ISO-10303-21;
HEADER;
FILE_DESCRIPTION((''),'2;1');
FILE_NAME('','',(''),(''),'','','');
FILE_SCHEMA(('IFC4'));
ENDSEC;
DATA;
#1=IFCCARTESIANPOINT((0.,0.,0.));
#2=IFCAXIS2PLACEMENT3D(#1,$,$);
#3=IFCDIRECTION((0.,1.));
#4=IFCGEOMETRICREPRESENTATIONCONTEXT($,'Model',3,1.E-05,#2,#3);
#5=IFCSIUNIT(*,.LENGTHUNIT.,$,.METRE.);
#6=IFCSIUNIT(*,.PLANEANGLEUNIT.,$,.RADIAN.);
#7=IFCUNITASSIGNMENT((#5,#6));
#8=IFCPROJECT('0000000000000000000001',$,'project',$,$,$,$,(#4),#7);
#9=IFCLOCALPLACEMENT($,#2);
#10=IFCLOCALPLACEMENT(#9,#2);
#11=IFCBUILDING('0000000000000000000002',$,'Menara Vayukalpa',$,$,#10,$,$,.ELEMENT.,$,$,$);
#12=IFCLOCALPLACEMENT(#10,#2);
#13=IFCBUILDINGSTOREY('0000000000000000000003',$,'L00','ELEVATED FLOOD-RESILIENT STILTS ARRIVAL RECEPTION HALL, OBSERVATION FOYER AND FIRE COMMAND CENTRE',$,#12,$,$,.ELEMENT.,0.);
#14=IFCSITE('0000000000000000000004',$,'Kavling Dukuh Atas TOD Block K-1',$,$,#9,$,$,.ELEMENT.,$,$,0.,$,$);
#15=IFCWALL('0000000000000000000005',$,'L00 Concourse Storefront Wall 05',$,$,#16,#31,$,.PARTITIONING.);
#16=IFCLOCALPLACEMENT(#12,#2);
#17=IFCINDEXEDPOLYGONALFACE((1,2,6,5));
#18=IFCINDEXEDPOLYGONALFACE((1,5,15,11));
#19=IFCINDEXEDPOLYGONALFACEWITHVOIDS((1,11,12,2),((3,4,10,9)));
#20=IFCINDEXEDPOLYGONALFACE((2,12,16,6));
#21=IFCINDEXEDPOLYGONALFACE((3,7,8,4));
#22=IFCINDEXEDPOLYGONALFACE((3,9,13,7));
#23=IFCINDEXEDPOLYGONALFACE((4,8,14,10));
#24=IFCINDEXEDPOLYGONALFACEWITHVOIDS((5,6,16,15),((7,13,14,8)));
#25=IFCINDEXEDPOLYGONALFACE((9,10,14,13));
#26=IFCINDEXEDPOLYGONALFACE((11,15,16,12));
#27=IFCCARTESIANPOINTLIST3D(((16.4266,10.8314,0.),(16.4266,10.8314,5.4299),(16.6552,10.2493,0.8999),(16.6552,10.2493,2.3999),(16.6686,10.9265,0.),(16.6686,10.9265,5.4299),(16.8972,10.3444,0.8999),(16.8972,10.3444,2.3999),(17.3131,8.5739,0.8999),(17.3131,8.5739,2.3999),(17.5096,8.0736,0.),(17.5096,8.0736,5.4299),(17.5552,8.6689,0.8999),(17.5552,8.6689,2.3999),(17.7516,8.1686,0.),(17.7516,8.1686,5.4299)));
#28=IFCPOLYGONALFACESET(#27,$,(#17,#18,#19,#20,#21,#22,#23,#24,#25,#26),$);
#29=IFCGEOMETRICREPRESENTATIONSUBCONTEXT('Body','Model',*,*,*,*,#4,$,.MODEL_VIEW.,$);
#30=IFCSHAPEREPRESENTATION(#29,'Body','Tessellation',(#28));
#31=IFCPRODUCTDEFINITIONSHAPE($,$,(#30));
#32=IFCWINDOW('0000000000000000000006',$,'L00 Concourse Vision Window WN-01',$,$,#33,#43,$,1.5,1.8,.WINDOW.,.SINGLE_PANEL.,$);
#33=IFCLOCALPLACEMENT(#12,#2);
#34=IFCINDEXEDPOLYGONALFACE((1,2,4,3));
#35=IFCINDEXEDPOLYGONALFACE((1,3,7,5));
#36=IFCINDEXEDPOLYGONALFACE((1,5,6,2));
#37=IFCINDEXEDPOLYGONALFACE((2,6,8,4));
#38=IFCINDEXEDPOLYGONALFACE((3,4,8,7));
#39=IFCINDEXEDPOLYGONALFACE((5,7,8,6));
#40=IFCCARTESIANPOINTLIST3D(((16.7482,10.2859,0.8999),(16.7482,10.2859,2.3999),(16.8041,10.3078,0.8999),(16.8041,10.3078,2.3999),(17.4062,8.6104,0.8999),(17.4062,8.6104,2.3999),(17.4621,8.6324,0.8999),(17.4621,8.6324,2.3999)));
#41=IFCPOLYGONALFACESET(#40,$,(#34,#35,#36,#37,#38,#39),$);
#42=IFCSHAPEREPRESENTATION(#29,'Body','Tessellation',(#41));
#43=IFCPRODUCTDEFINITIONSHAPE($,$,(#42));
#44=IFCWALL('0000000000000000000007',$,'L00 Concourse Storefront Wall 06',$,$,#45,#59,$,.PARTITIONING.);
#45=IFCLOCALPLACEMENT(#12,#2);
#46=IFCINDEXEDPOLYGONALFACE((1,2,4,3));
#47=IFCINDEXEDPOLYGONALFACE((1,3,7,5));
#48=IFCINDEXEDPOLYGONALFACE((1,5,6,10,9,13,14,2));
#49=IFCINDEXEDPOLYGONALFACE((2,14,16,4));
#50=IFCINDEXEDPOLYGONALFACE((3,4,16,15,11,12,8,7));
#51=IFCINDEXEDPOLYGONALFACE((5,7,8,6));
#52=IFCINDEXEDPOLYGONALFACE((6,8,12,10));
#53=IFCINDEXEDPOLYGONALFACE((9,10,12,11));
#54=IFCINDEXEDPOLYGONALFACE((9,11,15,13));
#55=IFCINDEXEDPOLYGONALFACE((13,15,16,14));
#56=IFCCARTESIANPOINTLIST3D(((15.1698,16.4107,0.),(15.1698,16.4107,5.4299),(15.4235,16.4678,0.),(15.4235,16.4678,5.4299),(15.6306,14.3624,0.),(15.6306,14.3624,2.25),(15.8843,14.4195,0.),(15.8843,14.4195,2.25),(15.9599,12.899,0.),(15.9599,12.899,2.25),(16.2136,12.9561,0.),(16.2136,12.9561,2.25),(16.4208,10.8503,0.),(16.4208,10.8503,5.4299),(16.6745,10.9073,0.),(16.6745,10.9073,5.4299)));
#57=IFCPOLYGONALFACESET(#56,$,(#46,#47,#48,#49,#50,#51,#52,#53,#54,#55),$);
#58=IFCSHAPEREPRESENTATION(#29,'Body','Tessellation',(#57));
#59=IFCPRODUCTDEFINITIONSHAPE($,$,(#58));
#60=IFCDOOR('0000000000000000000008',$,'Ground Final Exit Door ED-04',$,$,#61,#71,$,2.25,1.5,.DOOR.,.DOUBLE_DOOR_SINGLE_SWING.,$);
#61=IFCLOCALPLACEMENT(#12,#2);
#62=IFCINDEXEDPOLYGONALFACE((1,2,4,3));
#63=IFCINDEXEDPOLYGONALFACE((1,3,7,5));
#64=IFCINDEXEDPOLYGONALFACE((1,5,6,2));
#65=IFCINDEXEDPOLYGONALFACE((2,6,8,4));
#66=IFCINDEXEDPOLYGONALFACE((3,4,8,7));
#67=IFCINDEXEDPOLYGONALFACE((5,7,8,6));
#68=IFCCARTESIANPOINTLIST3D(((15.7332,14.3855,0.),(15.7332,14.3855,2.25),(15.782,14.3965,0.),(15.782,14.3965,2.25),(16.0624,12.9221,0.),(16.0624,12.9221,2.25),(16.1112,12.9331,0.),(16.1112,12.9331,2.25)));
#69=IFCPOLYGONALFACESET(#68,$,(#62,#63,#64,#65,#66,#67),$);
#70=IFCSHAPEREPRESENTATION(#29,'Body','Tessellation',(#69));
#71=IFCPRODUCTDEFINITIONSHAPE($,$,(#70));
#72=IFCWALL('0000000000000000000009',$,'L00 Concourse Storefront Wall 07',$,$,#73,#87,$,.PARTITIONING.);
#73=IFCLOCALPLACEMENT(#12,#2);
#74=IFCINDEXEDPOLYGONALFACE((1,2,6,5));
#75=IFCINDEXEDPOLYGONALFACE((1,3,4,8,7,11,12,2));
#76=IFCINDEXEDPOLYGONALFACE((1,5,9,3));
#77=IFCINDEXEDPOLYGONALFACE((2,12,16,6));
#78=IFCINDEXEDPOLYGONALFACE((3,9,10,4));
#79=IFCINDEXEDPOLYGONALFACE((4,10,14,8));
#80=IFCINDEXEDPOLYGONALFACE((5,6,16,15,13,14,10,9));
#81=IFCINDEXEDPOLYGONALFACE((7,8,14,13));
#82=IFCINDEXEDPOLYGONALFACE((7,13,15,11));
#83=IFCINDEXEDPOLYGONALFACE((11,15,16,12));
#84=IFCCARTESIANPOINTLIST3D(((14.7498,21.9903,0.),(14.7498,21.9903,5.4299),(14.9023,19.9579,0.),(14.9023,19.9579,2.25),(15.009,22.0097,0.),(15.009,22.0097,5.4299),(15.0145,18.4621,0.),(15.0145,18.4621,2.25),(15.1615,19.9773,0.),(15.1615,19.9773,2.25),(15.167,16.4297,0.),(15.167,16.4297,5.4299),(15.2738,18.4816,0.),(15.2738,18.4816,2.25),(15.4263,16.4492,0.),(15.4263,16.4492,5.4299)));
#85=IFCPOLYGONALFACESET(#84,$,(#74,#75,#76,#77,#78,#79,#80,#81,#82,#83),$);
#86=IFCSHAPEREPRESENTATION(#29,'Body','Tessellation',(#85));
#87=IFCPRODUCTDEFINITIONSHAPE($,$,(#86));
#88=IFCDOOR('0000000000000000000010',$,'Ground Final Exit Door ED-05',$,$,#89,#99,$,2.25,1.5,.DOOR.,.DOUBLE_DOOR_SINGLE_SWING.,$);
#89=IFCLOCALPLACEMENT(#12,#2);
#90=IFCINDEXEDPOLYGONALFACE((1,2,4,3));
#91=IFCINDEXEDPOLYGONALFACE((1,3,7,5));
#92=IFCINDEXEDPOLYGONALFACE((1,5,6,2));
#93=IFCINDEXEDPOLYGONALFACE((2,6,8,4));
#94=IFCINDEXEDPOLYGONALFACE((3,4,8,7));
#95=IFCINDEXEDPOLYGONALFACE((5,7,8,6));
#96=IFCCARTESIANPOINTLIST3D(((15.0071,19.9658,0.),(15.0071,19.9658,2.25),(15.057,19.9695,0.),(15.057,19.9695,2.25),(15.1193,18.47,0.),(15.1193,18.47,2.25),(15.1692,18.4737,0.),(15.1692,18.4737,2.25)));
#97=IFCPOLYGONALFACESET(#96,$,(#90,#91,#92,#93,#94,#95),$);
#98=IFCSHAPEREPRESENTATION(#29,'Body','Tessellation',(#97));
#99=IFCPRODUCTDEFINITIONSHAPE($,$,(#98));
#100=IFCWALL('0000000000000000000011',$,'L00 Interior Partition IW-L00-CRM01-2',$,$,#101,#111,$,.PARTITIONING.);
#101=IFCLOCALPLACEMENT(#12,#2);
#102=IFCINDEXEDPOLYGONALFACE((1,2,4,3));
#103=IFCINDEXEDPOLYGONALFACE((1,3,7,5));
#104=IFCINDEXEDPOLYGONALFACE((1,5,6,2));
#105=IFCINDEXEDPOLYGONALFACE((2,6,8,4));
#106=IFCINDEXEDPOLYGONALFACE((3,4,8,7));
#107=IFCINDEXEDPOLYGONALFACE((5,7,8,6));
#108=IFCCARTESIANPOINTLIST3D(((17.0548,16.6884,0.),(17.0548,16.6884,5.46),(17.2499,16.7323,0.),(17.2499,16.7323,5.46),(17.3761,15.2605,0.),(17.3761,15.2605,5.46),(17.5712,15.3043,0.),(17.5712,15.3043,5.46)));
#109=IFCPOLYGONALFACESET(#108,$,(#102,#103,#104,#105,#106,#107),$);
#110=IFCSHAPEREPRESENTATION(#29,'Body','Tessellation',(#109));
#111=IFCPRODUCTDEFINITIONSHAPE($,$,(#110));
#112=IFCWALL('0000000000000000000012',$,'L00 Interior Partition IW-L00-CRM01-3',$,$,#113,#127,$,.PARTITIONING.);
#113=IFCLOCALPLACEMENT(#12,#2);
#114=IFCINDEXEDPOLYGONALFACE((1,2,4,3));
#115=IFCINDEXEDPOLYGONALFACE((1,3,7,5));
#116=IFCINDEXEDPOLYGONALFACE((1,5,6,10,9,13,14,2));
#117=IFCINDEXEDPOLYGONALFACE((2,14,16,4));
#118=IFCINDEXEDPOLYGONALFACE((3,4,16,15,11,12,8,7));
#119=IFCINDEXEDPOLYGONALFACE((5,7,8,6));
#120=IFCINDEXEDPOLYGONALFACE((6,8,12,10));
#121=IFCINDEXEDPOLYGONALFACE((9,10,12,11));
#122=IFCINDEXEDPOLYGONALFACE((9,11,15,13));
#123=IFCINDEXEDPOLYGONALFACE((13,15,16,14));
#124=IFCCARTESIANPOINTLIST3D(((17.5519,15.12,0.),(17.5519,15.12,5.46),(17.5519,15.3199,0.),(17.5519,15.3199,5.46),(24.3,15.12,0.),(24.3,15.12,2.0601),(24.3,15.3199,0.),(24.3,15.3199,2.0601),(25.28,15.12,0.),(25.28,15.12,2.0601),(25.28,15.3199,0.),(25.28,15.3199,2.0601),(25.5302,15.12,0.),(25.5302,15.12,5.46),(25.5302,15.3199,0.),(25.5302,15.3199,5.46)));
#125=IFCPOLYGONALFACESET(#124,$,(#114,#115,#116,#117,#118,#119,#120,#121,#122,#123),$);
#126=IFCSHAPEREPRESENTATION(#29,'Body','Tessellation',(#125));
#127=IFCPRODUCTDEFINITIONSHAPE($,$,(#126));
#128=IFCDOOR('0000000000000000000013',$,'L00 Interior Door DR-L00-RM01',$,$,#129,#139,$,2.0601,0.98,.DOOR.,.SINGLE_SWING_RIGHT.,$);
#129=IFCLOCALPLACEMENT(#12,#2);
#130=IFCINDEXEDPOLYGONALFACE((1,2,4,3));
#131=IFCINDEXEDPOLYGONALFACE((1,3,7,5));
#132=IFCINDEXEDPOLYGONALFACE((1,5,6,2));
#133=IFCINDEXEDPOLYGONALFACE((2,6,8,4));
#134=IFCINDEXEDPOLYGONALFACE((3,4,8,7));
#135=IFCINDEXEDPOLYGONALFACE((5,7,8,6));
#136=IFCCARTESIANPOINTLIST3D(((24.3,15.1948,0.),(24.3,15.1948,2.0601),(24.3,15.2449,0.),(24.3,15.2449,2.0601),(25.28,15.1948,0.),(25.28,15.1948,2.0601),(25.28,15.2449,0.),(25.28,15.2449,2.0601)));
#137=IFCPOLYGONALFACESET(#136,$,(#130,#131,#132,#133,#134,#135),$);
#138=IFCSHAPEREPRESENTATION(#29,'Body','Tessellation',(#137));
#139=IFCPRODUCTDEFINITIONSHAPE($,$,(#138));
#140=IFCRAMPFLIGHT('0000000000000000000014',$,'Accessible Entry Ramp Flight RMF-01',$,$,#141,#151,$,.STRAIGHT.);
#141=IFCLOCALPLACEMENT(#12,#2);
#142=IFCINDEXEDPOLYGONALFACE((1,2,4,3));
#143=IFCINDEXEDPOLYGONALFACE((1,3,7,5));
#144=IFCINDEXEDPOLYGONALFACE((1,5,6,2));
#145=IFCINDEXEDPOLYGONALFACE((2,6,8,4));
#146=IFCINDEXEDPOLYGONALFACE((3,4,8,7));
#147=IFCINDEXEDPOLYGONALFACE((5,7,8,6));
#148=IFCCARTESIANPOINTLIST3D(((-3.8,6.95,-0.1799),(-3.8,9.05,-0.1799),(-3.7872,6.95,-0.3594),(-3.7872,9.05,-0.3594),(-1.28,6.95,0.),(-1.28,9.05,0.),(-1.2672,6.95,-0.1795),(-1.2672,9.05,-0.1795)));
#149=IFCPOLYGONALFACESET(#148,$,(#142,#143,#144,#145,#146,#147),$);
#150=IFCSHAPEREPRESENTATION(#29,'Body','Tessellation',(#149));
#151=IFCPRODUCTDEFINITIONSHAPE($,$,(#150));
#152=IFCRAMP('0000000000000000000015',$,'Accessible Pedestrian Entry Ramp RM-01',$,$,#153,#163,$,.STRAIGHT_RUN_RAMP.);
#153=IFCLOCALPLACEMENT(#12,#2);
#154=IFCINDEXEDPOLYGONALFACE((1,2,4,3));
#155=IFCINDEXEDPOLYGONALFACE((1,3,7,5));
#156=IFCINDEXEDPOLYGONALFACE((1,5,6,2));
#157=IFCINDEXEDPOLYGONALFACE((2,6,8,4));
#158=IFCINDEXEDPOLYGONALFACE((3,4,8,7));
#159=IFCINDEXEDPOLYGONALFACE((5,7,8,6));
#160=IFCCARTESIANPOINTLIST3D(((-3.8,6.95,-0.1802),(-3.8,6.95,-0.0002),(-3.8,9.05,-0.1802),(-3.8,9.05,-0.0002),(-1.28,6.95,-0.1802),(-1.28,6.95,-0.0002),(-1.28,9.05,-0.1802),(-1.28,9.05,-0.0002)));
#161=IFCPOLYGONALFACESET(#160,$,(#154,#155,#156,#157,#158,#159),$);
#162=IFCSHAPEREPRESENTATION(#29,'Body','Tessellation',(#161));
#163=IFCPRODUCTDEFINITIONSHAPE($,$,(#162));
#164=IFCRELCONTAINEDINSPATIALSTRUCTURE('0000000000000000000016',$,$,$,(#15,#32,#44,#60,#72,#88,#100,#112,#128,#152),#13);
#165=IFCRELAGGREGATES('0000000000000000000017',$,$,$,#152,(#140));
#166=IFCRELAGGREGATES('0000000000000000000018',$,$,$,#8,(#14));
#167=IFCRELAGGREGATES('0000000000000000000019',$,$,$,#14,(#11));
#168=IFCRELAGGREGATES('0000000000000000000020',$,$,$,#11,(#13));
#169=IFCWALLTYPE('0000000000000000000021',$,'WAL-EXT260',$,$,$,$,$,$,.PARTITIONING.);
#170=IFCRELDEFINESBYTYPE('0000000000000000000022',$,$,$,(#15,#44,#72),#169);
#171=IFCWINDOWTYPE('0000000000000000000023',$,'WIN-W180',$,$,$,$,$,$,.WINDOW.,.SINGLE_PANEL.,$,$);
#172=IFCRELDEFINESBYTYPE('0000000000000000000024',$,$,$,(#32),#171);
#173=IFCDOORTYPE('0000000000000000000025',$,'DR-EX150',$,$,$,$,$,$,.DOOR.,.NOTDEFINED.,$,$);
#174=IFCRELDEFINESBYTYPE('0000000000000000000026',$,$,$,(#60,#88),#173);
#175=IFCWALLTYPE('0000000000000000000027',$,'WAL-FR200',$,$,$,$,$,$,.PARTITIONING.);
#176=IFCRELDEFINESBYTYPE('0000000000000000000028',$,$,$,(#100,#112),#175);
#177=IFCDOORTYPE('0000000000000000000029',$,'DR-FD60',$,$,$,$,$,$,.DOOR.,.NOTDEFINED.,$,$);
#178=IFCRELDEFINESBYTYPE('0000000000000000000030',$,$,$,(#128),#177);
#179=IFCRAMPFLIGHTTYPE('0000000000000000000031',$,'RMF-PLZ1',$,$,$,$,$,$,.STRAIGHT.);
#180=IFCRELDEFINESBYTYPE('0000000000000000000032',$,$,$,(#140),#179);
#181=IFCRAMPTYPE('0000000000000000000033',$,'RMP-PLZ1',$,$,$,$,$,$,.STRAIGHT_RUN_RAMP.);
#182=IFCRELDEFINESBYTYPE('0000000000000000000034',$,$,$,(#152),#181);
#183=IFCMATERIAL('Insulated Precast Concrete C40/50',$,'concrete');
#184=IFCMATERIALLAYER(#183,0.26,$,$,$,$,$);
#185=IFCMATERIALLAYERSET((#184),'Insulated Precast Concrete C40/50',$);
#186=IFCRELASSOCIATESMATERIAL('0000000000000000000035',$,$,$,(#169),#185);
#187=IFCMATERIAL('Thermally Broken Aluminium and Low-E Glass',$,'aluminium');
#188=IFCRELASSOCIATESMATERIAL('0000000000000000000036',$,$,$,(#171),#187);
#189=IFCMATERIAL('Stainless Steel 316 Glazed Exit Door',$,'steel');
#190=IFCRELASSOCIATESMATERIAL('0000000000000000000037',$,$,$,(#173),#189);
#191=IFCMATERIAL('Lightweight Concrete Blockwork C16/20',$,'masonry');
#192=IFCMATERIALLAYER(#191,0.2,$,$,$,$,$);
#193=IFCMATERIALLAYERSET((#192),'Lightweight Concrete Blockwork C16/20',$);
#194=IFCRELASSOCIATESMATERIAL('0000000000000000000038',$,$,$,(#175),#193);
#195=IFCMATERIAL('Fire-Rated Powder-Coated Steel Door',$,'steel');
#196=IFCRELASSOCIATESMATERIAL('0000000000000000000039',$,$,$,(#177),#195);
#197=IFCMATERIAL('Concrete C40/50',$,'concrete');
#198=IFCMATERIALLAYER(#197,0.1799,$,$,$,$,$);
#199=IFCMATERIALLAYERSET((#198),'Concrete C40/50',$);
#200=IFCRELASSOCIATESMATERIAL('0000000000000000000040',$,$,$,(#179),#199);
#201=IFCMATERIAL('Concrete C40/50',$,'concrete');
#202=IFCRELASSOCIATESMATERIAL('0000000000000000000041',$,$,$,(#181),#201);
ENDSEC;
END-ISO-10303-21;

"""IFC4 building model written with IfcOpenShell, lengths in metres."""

from ifc_helpers import new_model, si_unit, direction, frame, frame_2d, origin, origin_2d, place, context, subcontext, project, spatial, polyline, rectangle, outline, extrude, material, layer, layer_set, type_object, element, fill, aggregate, save


model = new_model("IFC4")

# Units and contexts
model_context = context("Model", 3, precision=1e-05, world=origin(), true_north=direction((0.0, 1.0)))
body_context = subcontext(model_context, "Body", "Model", "MODEL_VIEW")
ifc_project = project(units=[si_unit("LENGTHUNIT", "METRE"), si_unit("PLANEANGLEUNIT", "RADIAN")], contexts=[model_context])

# Site, building, storey
site_placement = place(None, origin())
site = spatial("IfcSite", under=ifc_project, at=site_placement, Name="Kavling Dukuh Atas TOD Block K-1", CompositionType="ELEMENT", RefElevation=0.0)
building_placement = place(site_placement, origin())
building = spatial("IfcBuilding", under=site, at=building_placement, Name="Menara Vayukalpa", CompositionType="ELEMENT")
storey_placement = place(building_placement, origin())
storey = spatial("IfcBuildingStorey", under=building, at=storey_placement, Name="L00", Description="ELEVATED FLOOD-RESILIENT STILTS ARRIVAL RECEPTION HALL, OBSERVATION FOYER AND FIRE COMMAND CENTRE", CompositionType="ELEMENT", Elevation=0.0)

# Wall, opening, window
ifc_material_1 = material(Name="Insulated Precast Concrete C40/50", Category="concrete")
ifc_layer_1 = layer(ifc_material_1, 0.26)
ifc_layer_set_1 = layer_set([ifc_layer_1], Name="Insulated Precast Concrete C40/50")
wall_type_1 = type_object("IfcWallType", Name="WAL-EXT260", PredefinedType="PARTITIONING", material=ifc_layer_set_1)
wall_1_placement = place(storey_placement, frame((17.6306, 8.1211, 0.0), z_axis=(0.0, 0.0, 1.0), x_axis=(-0.36553, 0.9308, 0.0)))
wall_1 = element("IfcWall", 1, at=wall_1_placement, inside=storey, type_object=wall_type_1, Name="L00 Concourse Storefront Wall 05", PredefinedType="PARTITIONING", context=body_context, shape_type="SweptSolid", body=[
    extrude(rectangle(XDim=2.9629, YDim=0.26, at=frame_2d((1.4814, 0.0))), origin(), (0.0, 0.0, 1.0), 5.4299),
])
opening_1_placement = place(wall_1_placement, frame((0.5376, 0.0, 0.8999)))
opening_1 = element("IfcOpeningElement", 2, at=opening_1_placement, cuts=wall_1, PredefinedType="OPENING", context=body_context, shape_type="SweptSolid", body=[
    extrude(rectangle(XDim=1.8, YDim=1.5, at=frame_2d((0.8999, 0.75))), frame((0.0, 0.1399, 0.0), z_axis=(0.0, -1.0, 0.0), x_axis=(1.0, 0.0, 0.0)), (0.0, 0.0, 1.0), 0.28),
])
ifc_material_2 = material(Name="Thermally Broken Aluminium and Low-E Glass", Category="aluminium")
window_type = type_object("IfcWindowType", Name="WIN-W180", PartitioningType="SINGLE_PANEL", PredefinedType="WINDOW", material=ifc_material_2)
window_placement = place(opening_1_placement, origin())
window = element("IfcWindow", 3, at=window_placement, inside=storey, type_object=window_type, Name="L00 Concourse Vision Window WN-01", OverallHeight=1.5, OverallWidth=1.8, PartitioningType="SINGLE_PANEL", PredefinedType="WINDOW", context=body_context, shape_type="SweptSolid", body=[
    extrude(rectangle(XDim=1.8, YDim=1.5, at=frame_2d((0.8999, 0.75))), frame((0.0, 0.03, 0.0), z_axis=(0.0, -1.0, 0.0), x_axis=(1.0, 0.0, 0.0)), (0.0, 0.0, 1.0), 0.0601),
])
fill(opening_1, window)

# Walls, openings, doors
wall_2_placement = place(storey_placement, frame((16.5476, 10.8789, 0.0), z_axis=(0.0, 0.0, 1.0), x_axis=(-0.219488, 0.975615, 0.0)))
wall_2 = element("IfcWall", 4, at=wall_2_placement, inside=storey, type_object=wall_type_1, Name="L00 Concourse Storefront Wall 06", PredefinedType="PARTITIONING", context=body_context, shape_type="SweptSolid", body=[
    extrude(rectangle(XDim=5.6995, YDim=0.26, at=frame_2d((2.8496, 0.0))), origin(), (0.0, 0.0, 1.0), 5.4299),
])
opening_2_placement = place(wall_2_placement, frame((2.0999, 0.0, 0.0)))
opening_2 = element("IfcOpeningElement", 5, at=opening_2_placement, cuts=wall_2, PredefinedType="OPENING", context=body_context, shape_type="SweptSolid", body=[
    extrude(rectangle(XDim=1.5, YDim=2.25, at=frame_2d((0.75, 1.125))), frame((0.0, 0.1399, 0.0), z_axis=(0.0, -1.0, 0.0), x_axis=(1.0, 0.0, 0.0)), (0.0, 0.0, 1.0), 0.28),
])
ifc_material_3 = material(Name="Stainless Steel 316 Glazed Exit Door", Category="steel")
door_type_1 = type_object("IfcDoorType", Name="DR-EX150", OperationType="NOTDEFINED", PredefinedType="DOOR", material=ifc_material_3)
door_1_placement = place(opening_2_placement, origin())
door_1 = element("IfcDoor", 6, at=door_1_placement, inside=storey, type_object=door_type_1, Name="Ground Final Exit Door ED-04", OperationType="DOUBLE_DOOR_SINGLE_SWING", OverallHeight=2.25, OverallWidth=1.5, PredefinedType="DOOR", context=body_context, shape_type="SweptSolid", body=[
    extrude(rectangle(XDim=1.5, YDim=2.25, at=frame_2d((0.75, 1.125))), frame((0.0, 0.0249, 0.0), z_axis=(0.0, -1.0, 0.0), x_axis=(1.0, 0.0, 0.0)), (0.0, 0.0, 1.0), 0.05),
])
fill(opening_2, door_1)
wall_3_placement = place(storey_placement, frame((15.2966, 16.4395, 0.0), z_axis=(0.0, 0.0, 1.0), x_axis=(-0.074825, 0.997197, 0.0)))
wall_3 = element("IfcWall", 7, at=wall_3_placement, inside=storey, type_object=wall_type_1, Name="L00 Concourse Storefront Wall 07", PredefinedType="PARTITIONING", context=body_context, shape_type="SweptSolid", body=[
    extrude(rectangle(XDim=5.5762, YDim=0.26, at=frame_2d((2.7881, 0.0))), origin(), (0.0, 0.0, 1.0), 5.4299),
])
opening_3_placement = place(wall_3_placement, frame((2.0381, 0.0, 0.0)))
opening_3 = element("IfcOpeningElement", 8, at=opening_3_placement, cuts=wall_3, PredefinedType="OPENING", context=body_context, shape_type="SweptSolid", body=[
    extrude(rectangle(XDim=1.5, YDim=2.25, at=frame_2d((0.75, 1.125))), frame((0.0, 0.1399, 0.0), z_axis=(0.0, -1.0, 0.0), x_axis=(1.0, 0.0, 0.0)), (0.0, 0.0, 1.0), 0.28),
])
door_2_placement = place(opening_3_placement, origin())
door_2 = element("IfcDoor", 9, at=door_2_placement, inside=storey, type_object=door_type_1, Name="Ground Final Exit Door ED-05", OperationType="DOUBLE_DOOR_SINGLE_SWING", OverallHeight=2.25, OverallWidth=1.5, PredefinedType="DOOR", context=body_context, shape_type="SweptSolid", body=[
    extrude(rectangle(XDim=1.5, YDim=2.25, at=frame_2d((0.75, 1.125))), frame((0.0, 0.0249, 0.0), z_axis=(0.0, -1.0, 0.0), x_axis=(1.0, 0.0, 0.0)), (0.0, 0.0, 1.0), 0.05),
])
fill(opening_3, door_2)

# Wall
ifc_material_4 = material(Name="Lightweight Concrete Blockwork C16/20", Category="masonry")
ifc_layer_2 = layer(ifc_material_4, 0.2)
ifc_layer_set_2 = layer_set([ifc_layer_2], Name="Lightweight Concrete Blockwork C16/20")
wall_type_2 = type_object("IfcWallType", Name="WAL-FR200", PredefinedType="PARTITIONING", material=ifc_layer_set_2)
wall_4_placement = place(storey_placement, frame((17.1523, 16.7104, 0.0), z_axis=(0.0, 0.0, 1.0), x_axis=(0.219508, -0.975611, 0.0)))
element("IfcWall", 10, at=wall_4_placement, inside=storey, type_object=wall_type_2, Name="L00 Interior Partition IW-L00-CRM01-2", PredefinedType="PARTITIONING", context=body_context, shape_type="SweptSolid", body=[
    extrude(rectangle(XDim=1.4636, YDim=0.2, at=frame_2d((0.7319, 0.0))), origin(), (0.0, 0.0, 1.0), 5.46),
])

# Wall, opening, door
wall_5_placement = place(storey_placement, frame((17.5518, 15.22, 0.0), z_axis=(0.0, 0.0, 1.0), x_axis=(1.0, 0.0, 0.0)))
wall_5 = element("IfcWall", 11, at=wall_5_placement, inside=storey, type_object=wall_type_2, Name="L00 Interior Partition IW-L00-CRM01-3", PredefinedType="PARTITIONING", context=body_context, shape_type="SweptSolid", body=[
    extrude(rectangle(XDim=7.9783, YDim=0.2, at=frame_2d((3.9893, 0.0))), origin(), (0.0, 0.0, 1.0), 5.46),
])
opening_4_placement = place(wall_5_placement, frame((6.7483, 0.0, 0.0)))
opening_4 = element("IfcOpeningElement", 12, at=opening_4_placement, cuts=wall_5, PredefinedType="OPENING", context=body_context, shape_type="SweptSolid", body=[
    extrude(rectangle(XDim=0.98, YDim=2.0601, at=frame_2d((0.49, 1.03))), frame((0.0, 0.1099, 0.0), z_axis=(0.0, -1.0, 0.0), x_axis=(1.0, 0.0, 0.0)), (0.0, 0.0, 1.0), 0.22),
])
ifc_material_5 = material(Name="Fire-Rated Powder-Coated Steel Door", Category="steel")
door_type_2 = type_object("IfcDoorType", Name="DR-FD60", OperationType="NOTDEFINED", PredefinedType="DOOR", material=ifc_material_5)
door_3_placement = place(opening_4_placement, origin())
door_3 = element("IfcDoor", 13, at=door_3_placement, inside=storey, type_object=door_type_2, Name="L00 Interior Door DR-L00-RM01", OperationType="SINGLE_SWING_RIGHT", OverallHeight=2.0601, OverallWidth=0.98, PredefinedType="DOOR", context=body_context, shape_type="SweptSolid", body=[
    extrude(rectangle(XDim=0.98, YDim=2.0601, at=frame_2d((0.49, 1.03))), frame((0.0, 0.0249, 0.0), z_axis=(0.0, -1.0, 0.0), x_axis=(1.0, 0.0, 0.0)), (0.0, 0.0, 1.0), 0.05),
])
fill(opening_4, door_3)

# Ramp flight
ifc_material_6 = material(Name="Concrete C40/50", Category="concrete")
ifc_layer_3 = layer(ifc_material_6, 0.1799)
ifc_layer_set_3 = layer_set([ifc_layer_3], Name="Concrete C40/50")
ramp_flight_type = type_object("IfcRampFlightType", Name="RMF-PLZ1", PredefinedType="STRAIGHT", material=ifc_layer_set_3)
ramp_flight_placement = place(storey_placement, frame((-3.8, 6.95, -0.1799), z_axis=(-0.07122, 0.0, 0.997461), x_axis=(0.997461, 0.0, 0.07122)))
ramp_flight = element("IfcRampFlight", 14, at=ramp_flight_placement, type_object=ramp_flight_type, Name="Accessible Entry Ramp Flight RMF-01", PredefinedType="STRAIGHT", context=body_context, shape_type="SweptSolid", body=[
    extrude(outline(polyline([(0.0, 0.0), (2.5264, 0.0), (2.5264, 2.1001), (0.0, 2.1001), (0.0, 0.0)])), origin(), (0.0, 0.0, -1.0), 0.1799),
])

# Ramp
ifc_material_7 = material(Name="Concrete C40/50", Category="concrete")
ramp_type = type_object("IfcRampType", Name="RMP-PLZ1", PredefinedType="STRAIGHT_RUN_RAMP", material=ifc_material_7)
ramp_placement = place(storey_placement, frame((-2.54, 8.0, -0.1802), z_axis=(0.0, 0.0, 1.0), x_axis=(1.0, 0.0, 0.0)))
ramp = element("IfcRamp", 15, at=ramp_placement, inside=storey, type_object=ramp_type, Name="Accessible Pedestrian Entry Ramp RM-01", PredefinedType="STRAIGHT_RUN_RAMP", context=body_context, shape_type="SweptSolid", body=[
    extrude(rectangle(XDim=2.52, YDim=2.1001, at=origin_2d()), origin(), (0.0, 0.0, 1.0), 0.1799),
])
aggregate(ramp, [ramp_flight])

save(model, "model.ifc")
